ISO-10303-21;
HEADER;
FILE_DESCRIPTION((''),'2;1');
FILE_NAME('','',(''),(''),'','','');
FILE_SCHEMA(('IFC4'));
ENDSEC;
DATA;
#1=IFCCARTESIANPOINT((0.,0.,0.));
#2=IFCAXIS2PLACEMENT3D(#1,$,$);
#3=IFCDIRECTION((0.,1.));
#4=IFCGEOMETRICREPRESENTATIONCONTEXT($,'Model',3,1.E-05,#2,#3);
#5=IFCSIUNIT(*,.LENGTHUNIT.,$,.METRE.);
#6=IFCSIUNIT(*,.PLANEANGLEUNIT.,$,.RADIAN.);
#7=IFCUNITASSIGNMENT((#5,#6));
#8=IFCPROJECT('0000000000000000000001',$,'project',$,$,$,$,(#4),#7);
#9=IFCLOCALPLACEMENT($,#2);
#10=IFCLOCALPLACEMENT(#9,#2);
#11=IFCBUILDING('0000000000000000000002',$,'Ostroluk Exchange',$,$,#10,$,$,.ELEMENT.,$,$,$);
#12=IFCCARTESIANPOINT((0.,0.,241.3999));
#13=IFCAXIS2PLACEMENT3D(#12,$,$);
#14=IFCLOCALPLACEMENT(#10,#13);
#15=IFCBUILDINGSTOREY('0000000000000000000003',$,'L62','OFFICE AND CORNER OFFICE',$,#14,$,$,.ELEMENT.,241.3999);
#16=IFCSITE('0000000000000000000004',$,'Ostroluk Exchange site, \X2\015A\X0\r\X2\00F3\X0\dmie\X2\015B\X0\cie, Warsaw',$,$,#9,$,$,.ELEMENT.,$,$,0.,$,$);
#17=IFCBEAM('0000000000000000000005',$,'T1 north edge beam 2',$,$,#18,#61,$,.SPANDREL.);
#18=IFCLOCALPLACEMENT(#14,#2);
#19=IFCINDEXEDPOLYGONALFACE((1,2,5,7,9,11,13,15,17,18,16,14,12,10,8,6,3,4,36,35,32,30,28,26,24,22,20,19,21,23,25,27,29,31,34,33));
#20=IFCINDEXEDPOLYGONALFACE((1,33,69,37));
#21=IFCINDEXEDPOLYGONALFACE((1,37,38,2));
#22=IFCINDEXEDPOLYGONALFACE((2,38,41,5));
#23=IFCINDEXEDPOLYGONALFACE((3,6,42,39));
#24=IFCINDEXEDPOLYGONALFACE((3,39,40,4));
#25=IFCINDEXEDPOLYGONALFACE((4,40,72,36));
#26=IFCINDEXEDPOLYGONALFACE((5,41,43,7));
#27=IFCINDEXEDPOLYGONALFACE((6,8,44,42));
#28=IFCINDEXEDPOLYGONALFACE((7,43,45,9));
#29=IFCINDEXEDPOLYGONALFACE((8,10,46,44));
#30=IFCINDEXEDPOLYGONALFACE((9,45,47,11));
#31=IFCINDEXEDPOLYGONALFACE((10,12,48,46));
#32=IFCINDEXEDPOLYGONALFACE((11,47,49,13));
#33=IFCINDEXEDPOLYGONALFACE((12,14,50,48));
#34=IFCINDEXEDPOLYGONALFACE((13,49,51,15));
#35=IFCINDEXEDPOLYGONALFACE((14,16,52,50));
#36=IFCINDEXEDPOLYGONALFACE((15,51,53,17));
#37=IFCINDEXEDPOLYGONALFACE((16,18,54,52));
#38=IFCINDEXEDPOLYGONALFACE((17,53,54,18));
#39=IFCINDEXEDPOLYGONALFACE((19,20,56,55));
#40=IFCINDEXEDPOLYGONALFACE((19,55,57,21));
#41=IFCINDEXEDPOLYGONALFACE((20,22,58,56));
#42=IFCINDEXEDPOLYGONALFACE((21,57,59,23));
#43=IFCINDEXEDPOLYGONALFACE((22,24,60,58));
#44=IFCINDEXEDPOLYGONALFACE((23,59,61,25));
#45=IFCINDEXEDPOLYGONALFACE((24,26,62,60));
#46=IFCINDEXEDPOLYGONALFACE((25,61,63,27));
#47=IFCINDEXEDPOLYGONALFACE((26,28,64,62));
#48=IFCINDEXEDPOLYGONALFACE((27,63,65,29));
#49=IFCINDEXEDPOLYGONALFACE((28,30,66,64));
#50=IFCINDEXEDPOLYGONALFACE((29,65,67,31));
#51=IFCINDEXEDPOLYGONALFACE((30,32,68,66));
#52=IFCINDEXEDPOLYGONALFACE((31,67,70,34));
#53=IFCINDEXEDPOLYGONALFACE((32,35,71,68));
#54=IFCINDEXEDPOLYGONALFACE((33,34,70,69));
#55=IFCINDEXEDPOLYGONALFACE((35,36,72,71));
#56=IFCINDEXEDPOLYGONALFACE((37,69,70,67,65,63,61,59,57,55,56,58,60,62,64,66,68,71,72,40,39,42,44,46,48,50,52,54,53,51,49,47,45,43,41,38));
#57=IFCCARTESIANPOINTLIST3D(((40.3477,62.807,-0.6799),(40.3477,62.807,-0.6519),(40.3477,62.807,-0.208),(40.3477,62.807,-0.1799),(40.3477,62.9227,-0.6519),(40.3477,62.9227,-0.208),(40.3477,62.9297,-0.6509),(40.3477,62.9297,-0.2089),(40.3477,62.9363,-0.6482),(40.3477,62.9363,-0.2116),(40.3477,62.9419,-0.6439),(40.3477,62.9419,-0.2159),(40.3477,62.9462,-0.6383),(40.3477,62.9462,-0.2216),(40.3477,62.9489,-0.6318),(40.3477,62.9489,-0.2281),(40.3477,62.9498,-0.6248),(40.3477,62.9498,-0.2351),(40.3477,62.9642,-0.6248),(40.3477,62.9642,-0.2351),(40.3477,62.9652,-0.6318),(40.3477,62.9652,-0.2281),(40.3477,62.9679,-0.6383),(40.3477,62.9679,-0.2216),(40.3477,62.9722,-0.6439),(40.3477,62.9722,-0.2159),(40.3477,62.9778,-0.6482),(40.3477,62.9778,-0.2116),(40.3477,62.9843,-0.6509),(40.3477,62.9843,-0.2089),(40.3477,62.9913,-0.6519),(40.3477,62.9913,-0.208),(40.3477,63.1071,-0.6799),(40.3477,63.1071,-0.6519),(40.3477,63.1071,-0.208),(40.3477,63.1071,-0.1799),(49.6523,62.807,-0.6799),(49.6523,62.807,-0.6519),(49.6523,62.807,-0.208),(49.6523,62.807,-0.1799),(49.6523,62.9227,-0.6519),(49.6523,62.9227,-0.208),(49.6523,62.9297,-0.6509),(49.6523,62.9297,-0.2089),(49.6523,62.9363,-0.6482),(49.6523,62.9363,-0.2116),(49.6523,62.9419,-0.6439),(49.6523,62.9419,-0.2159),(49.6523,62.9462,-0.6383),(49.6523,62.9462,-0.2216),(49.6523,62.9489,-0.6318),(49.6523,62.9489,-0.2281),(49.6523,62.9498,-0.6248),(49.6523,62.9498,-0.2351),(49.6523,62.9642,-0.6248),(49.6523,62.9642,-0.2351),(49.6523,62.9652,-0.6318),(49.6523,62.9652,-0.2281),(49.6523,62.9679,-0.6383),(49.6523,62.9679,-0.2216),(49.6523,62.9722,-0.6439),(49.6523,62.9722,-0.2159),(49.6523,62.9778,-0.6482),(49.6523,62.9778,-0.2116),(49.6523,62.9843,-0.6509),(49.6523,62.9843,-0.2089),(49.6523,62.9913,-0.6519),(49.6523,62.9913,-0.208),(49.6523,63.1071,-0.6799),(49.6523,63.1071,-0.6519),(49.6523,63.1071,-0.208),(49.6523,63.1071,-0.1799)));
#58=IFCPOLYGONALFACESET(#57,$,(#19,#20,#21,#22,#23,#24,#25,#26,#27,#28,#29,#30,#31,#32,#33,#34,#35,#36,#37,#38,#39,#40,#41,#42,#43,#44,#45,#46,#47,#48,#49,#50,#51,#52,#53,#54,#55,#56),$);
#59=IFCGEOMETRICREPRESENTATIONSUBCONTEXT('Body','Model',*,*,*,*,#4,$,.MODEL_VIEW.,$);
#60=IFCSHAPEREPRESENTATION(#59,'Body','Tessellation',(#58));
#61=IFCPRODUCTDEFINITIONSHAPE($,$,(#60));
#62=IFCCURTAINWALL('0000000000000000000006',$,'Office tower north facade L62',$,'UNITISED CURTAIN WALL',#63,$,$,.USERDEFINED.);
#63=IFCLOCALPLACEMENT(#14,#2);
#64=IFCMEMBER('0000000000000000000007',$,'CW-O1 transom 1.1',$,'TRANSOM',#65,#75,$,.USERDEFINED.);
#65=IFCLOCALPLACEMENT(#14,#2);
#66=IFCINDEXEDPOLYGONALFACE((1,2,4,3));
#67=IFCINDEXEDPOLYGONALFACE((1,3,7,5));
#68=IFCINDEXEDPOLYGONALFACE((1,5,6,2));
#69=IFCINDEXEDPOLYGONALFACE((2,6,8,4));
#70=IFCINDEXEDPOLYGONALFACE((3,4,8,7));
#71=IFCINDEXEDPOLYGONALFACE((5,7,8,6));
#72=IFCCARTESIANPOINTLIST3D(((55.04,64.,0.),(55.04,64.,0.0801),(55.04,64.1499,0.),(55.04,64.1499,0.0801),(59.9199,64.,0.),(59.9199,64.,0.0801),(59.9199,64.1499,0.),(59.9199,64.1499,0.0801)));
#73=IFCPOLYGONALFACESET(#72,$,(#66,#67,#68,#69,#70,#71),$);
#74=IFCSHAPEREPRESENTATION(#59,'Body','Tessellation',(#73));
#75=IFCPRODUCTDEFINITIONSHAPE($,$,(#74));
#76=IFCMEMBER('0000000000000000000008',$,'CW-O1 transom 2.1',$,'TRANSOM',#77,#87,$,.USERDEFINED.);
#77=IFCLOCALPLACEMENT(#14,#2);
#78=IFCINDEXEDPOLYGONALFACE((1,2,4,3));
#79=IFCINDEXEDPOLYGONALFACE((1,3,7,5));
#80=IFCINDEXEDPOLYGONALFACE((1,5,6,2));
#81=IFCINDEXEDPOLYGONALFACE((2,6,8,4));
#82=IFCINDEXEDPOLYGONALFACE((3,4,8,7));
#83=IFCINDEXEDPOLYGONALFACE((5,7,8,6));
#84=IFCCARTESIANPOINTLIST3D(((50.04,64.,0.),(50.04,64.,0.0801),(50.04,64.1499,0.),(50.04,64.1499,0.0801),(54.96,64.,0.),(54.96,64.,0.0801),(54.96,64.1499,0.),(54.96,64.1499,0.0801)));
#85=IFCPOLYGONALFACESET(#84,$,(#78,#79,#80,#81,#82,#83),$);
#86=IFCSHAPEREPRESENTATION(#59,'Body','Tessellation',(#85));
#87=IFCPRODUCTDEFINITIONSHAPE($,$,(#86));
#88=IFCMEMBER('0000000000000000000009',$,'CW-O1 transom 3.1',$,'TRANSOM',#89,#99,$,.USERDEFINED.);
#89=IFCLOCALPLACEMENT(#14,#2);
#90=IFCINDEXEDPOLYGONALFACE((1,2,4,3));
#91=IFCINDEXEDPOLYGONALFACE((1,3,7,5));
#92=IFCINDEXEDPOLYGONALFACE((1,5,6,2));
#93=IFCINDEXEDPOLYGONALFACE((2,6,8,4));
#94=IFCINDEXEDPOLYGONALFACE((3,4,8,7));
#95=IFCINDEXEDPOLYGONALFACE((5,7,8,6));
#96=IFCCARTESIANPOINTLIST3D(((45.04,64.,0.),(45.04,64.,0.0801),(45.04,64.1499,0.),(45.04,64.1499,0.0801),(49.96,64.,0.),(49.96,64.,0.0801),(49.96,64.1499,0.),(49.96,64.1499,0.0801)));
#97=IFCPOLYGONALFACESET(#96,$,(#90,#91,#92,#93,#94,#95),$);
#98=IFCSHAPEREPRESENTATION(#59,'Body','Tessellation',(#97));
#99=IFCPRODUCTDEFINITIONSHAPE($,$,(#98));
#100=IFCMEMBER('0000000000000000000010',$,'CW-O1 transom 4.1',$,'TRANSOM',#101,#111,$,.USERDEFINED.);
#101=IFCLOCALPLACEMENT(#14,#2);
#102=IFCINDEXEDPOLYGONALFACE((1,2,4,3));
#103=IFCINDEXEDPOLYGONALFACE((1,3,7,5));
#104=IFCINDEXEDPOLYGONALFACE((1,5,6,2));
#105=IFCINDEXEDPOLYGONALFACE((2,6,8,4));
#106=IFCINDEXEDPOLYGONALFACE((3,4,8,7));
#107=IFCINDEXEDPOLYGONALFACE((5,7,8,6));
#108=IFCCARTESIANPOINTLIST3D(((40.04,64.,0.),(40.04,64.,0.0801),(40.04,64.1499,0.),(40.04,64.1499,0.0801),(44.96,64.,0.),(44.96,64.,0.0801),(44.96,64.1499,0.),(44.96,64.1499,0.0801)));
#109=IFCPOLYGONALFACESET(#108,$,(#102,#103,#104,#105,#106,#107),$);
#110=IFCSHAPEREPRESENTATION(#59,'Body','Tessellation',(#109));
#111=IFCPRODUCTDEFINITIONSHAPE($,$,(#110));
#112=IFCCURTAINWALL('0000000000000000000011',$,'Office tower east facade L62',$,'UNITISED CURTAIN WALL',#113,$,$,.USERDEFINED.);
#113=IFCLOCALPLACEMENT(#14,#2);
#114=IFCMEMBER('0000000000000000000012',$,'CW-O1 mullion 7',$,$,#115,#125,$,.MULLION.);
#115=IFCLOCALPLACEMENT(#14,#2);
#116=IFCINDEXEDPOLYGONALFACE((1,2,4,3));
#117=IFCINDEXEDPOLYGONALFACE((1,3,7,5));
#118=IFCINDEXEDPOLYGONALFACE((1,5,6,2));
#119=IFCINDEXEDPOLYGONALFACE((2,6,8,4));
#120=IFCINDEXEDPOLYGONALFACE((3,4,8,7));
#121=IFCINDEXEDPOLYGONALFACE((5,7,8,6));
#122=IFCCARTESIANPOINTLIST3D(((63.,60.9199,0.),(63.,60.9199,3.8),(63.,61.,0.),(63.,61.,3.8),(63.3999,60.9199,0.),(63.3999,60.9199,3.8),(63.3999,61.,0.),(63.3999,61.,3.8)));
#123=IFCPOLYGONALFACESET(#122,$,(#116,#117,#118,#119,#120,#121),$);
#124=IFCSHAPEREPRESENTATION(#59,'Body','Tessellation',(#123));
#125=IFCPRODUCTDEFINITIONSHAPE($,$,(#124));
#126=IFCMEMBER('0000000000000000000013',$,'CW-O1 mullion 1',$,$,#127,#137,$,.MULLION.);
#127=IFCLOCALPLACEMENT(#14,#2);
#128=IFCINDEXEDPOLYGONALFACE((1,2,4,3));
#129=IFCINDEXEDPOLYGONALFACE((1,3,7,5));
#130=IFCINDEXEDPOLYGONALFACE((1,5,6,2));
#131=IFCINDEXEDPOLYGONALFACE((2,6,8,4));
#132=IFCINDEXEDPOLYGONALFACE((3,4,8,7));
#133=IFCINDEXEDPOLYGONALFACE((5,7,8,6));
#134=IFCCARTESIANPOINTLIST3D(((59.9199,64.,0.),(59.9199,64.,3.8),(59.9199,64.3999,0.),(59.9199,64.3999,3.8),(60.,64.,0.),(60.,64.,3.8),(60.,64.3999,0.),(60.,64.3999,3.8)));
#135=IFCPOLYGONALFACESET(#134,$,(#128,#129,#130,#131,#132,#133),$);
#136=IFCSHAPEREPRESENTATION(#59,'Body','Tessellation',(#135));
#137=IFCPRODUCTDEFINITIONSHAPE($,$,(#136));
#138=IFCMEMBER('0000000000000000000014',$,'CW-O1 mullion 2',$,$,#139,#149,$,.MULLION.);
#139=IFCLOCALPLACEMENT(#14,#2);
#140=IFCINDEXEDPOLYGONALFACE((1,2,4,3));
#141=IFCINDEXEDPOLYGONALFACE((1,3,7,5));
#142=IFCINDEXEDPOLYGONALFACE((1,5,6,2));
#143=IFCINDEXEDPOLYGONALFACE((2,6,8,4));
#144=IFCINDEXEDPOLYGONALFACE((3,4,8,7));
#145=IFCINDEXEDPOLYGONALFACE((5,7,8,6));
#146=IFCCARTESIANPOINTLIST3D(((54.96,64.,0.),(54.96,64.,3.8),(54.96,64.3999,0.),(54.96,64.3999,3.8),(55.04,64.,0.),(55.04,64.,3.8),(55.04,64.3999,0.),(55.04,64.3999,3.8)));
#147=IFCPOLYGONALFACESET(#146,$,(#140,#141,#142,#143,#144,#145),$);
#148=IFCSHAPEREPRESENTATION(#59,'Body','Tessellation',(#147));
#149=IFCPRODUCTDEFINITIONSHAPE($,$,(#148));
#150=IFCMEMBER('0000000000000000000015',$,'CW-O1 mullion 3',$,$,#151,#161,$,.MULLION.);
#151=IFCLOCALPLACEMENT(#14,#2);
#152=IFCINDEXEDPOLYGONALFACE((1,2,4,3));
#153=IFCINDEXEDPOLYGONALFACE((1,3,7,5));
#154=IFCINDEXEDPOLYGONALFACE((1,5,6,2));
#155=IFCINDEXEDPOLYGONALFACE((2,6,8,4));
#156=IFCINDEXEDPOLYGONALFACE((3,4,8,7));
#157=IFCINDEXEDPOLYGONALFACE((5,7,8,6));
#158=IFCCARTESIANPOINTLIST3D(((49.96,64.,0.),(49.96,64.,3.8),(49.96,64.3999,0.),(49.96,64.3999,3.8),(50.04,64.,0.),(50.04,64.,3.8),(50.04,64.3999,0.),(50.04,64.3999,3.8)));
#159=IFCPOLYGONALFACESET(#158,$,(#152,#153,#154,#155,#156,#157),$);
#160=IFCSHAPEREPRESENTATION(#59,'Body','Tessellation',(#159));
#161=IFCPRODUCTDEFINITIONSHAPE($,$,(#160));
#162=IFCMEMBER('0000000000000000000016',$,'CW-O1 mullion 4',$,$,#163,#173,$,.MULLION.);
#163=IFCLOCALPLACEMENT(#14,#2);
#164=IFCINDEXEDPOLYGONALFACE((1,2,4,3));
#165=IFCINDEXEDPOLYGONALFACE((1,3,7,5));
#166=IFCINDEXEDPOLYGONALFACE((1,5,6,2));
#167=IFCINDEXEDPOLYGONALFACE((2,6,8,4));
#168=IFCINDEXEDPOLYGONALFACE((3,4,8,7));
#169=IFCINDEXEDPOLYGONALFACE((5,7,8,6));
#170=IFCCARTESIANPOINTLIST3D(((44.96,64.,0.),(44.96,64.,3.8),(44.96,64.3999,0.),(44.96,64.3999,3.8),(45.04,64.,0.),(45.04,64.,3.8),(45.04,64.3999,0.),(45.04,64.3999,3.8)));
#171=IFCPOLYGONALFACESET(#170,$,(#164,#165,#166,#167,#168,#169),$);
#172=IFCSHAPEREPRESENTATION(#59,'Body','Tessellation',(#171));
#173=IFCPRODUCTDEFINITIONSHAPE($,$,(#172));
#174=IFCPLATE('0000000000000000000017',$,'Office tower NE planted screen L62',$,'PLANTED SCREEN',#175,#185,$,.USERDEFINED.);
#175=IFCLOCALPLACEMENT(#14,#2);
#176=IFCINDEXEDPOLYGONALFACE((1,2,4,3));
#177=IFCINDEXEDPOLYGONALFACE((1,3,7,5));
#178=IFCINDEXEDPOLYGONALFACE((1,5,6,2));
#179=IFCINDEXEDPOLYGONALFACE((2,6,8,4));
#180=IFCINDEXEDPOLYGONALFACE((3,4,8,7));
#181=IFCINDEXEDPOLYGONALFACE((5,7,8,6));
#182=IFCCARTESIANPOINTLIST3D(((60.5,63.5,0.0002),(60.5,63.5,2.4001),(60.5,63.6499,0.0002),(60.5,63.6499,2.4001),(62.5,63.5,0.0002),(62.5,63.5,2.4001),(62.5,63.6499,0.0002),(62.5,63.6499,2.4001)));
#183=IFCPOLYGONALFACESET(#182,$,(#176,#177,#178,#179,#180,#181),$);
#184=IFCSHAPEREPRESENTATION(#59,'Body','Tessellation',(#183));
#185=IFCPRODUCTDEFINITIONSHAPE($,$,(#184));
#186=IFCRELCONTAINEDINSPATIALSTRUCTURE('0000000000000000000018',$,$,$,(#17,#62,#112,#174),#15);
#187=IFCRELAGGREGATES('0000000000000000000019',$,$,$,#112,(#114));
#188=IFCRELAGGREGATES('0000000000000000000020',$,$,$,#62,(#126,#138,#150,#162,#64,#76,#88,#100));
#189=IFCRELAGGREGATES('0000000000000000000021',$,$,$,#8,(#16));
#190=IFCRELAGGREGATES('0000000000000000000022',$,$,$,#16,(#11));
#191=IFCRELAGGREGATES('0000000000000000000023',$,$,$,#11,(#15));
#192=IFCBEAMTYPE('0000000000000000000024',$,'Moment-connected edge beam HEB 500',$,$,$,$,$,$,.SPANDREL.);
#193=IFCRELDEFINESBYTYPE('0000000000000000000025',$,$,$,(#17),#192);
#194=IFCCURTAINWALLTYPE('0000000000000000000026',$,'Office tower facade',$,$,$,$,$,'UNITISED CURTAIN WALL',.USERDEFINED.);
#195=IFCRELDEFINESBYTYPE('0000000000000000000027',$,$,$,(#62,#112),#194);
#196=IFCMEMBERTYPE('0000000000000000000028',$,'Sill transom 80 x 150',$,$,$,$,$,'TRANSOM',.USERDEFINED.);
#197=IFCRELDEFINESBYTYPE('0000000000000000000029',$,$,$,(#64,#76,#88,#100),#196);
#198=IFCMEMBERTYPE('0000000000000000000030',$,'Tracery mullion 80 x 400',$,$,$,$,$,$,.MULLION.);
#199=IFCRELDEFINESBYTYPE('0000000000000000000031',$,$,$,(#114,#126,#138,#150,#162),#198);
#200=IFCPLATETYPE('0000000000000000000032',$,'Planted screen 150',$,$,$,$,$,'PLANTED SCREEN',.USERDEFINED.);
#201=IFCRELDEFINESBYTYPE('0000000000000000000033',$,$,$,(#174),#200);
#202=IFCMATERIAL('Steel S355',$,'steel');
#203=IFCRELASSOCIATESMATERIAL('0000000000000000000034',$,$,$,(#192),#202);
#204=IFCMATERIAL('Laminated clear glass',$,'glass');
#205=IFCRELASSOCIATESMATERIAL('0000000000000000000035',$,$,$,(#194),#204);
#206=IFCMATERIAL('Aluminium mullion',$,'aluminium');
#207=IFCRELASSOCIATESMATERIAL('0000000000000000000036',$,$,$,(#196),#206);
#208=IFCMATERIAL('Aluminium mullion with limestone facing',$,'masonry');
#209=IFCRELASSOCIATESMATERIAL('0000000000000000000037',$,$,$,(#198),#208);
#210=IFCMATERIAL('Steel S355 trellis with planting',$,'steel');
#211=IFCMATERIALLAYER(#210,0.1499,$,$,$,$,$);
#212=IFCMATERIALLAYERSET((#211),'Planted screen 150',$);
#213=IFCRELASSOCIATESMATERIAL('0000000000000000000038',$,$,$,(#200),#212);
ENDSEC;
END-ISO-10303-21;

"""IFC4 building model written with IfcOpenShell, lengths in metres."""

from ifc_helpers import new_model, si_unit, direction, frame, origin, origin_2d, place, context, subcontext, project, spatial, rectangle, i_section, extrude, material, layer, layer_set, material_profile, profile_set, type_object, element, aggregate, save


model = new_model("IFC4")

# Units and contexts
model_context = context("Model", 3, precision=1e-05, world=origin(), true_north=direction((0.0, 1.0)))
body_context = subcontext(model_context, "Body", "Model", "MODEL_VIEW")
ifc_project = project(units=[si_unit("LENGTHUNIT", "METRE"), si_unit("PLANEANGLEUNIT", "RADIAN")], contexts=[model_context])

# Site, building, storey
site_placement = place(None, origin())
site = spatial("IfcSite", under=ifc_project, at=site_placement, Name="Ostroluk Exchange site, Śródmieście, Warsaw", CompositionType="ELEMENT", RefElevation=0.0)
building_placement = place(site_placement, origin())
building = spatial("IfcBuilding", under=site, at=building_placement, Name="Ostroluk Exchange", CompositionType="ELEMENT")
storey_placement = place(building_placement, frame((0.0, 0.0, 241.3999)))
storey = spatial("IfcBuildingStorey", under=building, at=storey_placement, Name="L62", Description="OFFICE AND CORNER OFFICE", CompositionType="ELEMENT", Elevation=241.3999)

# Beam
ifc_material_1 = material(Name="Steel S355", Category="steel")
ifc_material_profile_1 = material_profile(ifc_material_1, i_section(OverallWidth=0.3, OverallDepth=0.5, WebThickness=0.0144, FlangeThickness=0.0281, FilletRadius=0.0271, at=origin_2d()), Name="HEB 500")
ifc_profile_set_1 = profile_set([ifc_material_profile_1], Name="Steel S355")
beam_type_1 = type_object("IfcBeamType", Name="Moment-connected edge beam HEB 500", PredefinedType="SPANDREL", material=ifc_profile_set_1)
for number, where, z_axis, x_axis, name in (
    (1, (49.6523, 62.957, -0.4299), (-1.0, 0.0, 0.0), (0.0, -1.0, 0.0), "T1 north edge beam 2"),
):
    element("IfcBeam", number, at=place(storey_placement, frame(where, z_axis=z_axis, x_axis=x_axis)), inside=storey, type_object=beam_type_1, Name=name, PredefinedType="SPANDREL", context=body_context, shape_type="SweptSolid", body=[
        extrude(i_section(OverallWidth=0.3, OverallDepth=0.5, WebThickness=0.0144, FlangeThickness=0.0281, FilletRadius=0.0271, at=origin_2d()), origin(), (0.0, 0.0, 1.0), 9.3047),
    ])

# Curtain wall, members
ifc_material_2 = material(Name="Laminated clear glass", Category="glass")
curtain_wall_type = type_object("IfcCurtainWallType", Name="Office tower facade", ElementType="UNITISED CURTAIN WALL", PredefinedType="USERDEFINED", material=ifc_material_2)
curtain_wall_1_placement = place(storey_placement, origin())
curtain_wall_1 = element("IfcCurtainWall", 2, at=curtain_wall_1_placement, inside=storey, type_object=curtain_wall_type, Name="Office tower north facade L62", ObjectType="UNITISED CURTAIN WALL", PredefinedType="USERDEFINED")
ifc_material_3 = material(Name="Aluminium mullion", Category="aluminium")
ifc_material_profile_2 = material_profile(ifc_material_3, rectangle(XDim=0.1499, YDim=0.0801, at=origin_2d()), Name="Sill transom 80 x 150")
ifc_profile_set_2 = profile_set([ifc_material_profile_2], Name="Aluminium mullion")
member_type_1 = type_object("IfcMemberType", Name="Sill transom 80 x 150", ElementType="TRANSOM", PredefinedType="USERDEFINED", material=ifc_profile_set_2)
member_1_placement = place(storey_placement, frame((59.9199, 64.075, 0.04), z_axis=(-1.0, 0.0, 0.0), x_axis=(0.0, -1.0, 0.0)))
member_1 = element("IfcMember", 3, at=member_1_placement, type_object=member_type_1, Name="CW-O1 transom 1.1", ObjectType="TRANSOM", PredefinedType="USERDEFINED", context=body_context, shape_type="SweptSolid", body=[
    extrude(rectangle(XDim=0.1499, YDim=0.0801, at=origin_2d()), origin(), (0.0, 0.0, 1.0), 4.8799),
])
member_2_placement = place(storey_placement, frame((54.96, 64.075, 0.04), z_axis=(-1.0, 0.0, 0.0), x_axis=(0.0, -1.0, 0.0)))
member_2 = element("IfcMember", 4, at=member_2_placement, type_object=member_type_1, Name="CW-O1 transom 2.1", ObjectType="TRANSOM", PredefinedType="USERDEFINED", context=body_context, shape_type="SweptSolid", body=[
    extrude(rectangle(XDim=0.1499, YDim=0.0801, at=origin_2d()), origin(), (0.0, 0.0, 1.0), 4.9199),
])
member_3_placement = place(storey_placement, frame((49.96, 64.075, 0.04), z_axis=(-1.0, 0.0, 0.0), x_axis=(0.0, -1.0, 0.0)))
member_3 = element("IfcMember", 5, at=member_3_placement, type_object=member_type_1, Name="CW-O1 transom 3.1", ObjectType="TRANSOM", PredefinedType="USERDEFINED", context=body_context, shape_type="SweptSolid", body=[
    extrude(rectangle(XDim=0.1499, YDim=0.0801, at=origin_2d()), origin(), (0.0, 0.0, 1.0), 4.9199),
])
member_4_placement = place(storey_placement, frame((44.96, 64.075, 0.04), z_axis=(-1.0, 0.0, 0.0), x_axis=(0.0, -1.0, 0.0)))
member_4 = element("IfcMember", 6, at=member_4_placement, type_object=member_type_1, Name="CW-O1 transom 4.1", ObjectType="TRANSOM", PredefinedType="USERDEFINED", context=body_context, shape_type="SweptSolid", body=[
    extrude(rectangle(XDim=0.1499, YDim=0.0801, at=origin_2d()), origin(), (0.0, 0.0, 1.0), 4.9199),
])

# Curtain wall, member
curtain_wall_2_placement = place(storey_placement, origin())
curtain_wall_2 = element("IfcCurtainWall", 7, at=curtain_wall_2_placement, inside=storey, type_object=curtain_wall_type, Name="Office tower east facade L62", ObjectType="UNITISED CURTAIN WALL", PredefinedType="USERDEFINED")
ifc_material_4 = material(Name="Aluminium mullion with limestone facing", Category="masonry")
ifc_material_profile_3 = material_profile(ifc_material_4, rectangle(XDim=0.3999, YDim=0.0801, at=origin_2d()), Name="Tracery mullion 80 x 400")
ifc_profile_set_3 = profile_set([ifc_material_profile_3], Name="Aluminium mullion with limestone facing")
member_type_2 = type_object("IfcMemberType", Name="Tracery mullion 80 x 400", PredefinedType="MULLION", material=ifc_profile_set_3)
member_5_placement = place(storey_placement, frame((63.2, 60.96, 0.0), z_axis=(0.0, 0.0, 1.0), x_axis=(-1.0, 0.0, 0.0)))
member_5 = element("IfcMember", 8, at=member_5_placement, type_object=member_type_2, Name="CW-O1 mullion 7", PredefinedType="MULLION", context=body_context, shape_type="SweptSolid", body=[
    extrude(rectangle(XDim=0.3999, YDim=0.0801, at=origin_2d()), origin(), (0.0, 0.0, 1.0), 3.8),
])

# Members
member_6_placement = place(storey_placement, frame((59.96, 64.2, 0.0), z_axis=(0.0, 0.0, 1.0), x_axis=(0.0, -1.0, 0.0)))
member_6 = element("IfcMember", 9, at=member_6_placement, type_object=member_type_2, Name="CW-O1 mullion 1", PredefinedType="MULLION", context=body_context, shape_type="SweptSolid", body=[
    extrude(rectangle(XDim=0.3999, YDim=0.0801, at=origin_2d()), origin(), (0.0, 0.0, 1.0), 3.8),
])
member_7_placement = place(storey_placement, frame((55.0, 64.2, 0.0), z_axis=(0.0, 0.0, 1.0), x_axis=(0.0, -1.0, 0.0)))
member_7 = element("IfcMember", 10, at=member_7_placement, type_object=member_type_2, Name="CW-O1 mullion 2", PredefinedType="MULLION", context=body_context, shape_type="SweptSolid", body=[
    extrude(rectangle(XDim=0.3999, YDim=0.0801, at=origin_2d()), origin(), (0.0, 0.0, 1.0), 3.8),
])
member_8_placement = place(storey_placement, frame((50.0, 64.2, 0.0), z_axis=(0.0, 0.0, 1.0), x_axis=(0.0, -1.0, 0.0)))
member_8 = element("IfcMember", 11, at=member_8_placement, type_object=member_type_2, Name="CW-O1 mullion 3", PredefinedType="MULLION", context=body_context, shape_type="SweptSolid", body=[
    extrude(rectangle(XDim=0.3999, YDim=0.0801, at=origin_2d()), origin(), (0.0, 0.0, 1.0), 3.8),
])
member_9_placement = place(storey_placement, frame((45.0, 64.2, 0.0), z_axis=(0.0, 0.0, 1.0), x_axis=(0.0, -1.0, 0.0)))
member_9 = element("IfcMember", 12, at=member_9_placement, type_object=member_type_2, Name="CW-O1 mullion 4", PredefinedType="MULLION", context=body_context, shape_type="SweptSolid", body=[
    extrude(rectangle(XDim=0.3999, YDim=0.0801, at=origin_2d()), origin(), (0.0, 0.0, 1.0), 3.8),
])

# Plate
ifc_material_5 = material(Name="Steel S355 trellis with planting", Category="steel")
ifc_layer_1 = layer(ifc_material_5, 0.1499)
ifc_layer_set_1 = layer_set([ifc_layer_1], Name="Planted screen 150")
plate_type_1 = type_object("IfcPlateType", Name="Planted screen 150", ElementType="PLANTED SCREEN", PredefinedType="USERDEFINED", material=ifc_layer_set_1)
plate_1_placement = place(storey_placement, frame((61.5, 63.575, 0.0002), z_axis=(0.0, 0.0, 1.0), x_axis=(1.0, 0.0, 0.0)))
element("IfcPlate", 13, at=plate_1_placement, inside=storey, type_object=plate_type_1, Name="Office tower NE planted screen L62", ObjectType="PLANTED SCREEN", PredefinedType="USERDEFINED", context=body_context, shape_type="SweptSolid", body=[
    extrude(rectangle(XDim=2.0, YDim=0.1499, at=origin_2d()), origin(), (0.0, 0.0, 1.0), 2.3999),
])
aggregate(curtain_wall_2, [member_5])
aggregate(curtain_wall_1, [member_6, member_7, member_8, member_9, member_1, member_2, member_3, member_4])

save(model, "model.ifc")
